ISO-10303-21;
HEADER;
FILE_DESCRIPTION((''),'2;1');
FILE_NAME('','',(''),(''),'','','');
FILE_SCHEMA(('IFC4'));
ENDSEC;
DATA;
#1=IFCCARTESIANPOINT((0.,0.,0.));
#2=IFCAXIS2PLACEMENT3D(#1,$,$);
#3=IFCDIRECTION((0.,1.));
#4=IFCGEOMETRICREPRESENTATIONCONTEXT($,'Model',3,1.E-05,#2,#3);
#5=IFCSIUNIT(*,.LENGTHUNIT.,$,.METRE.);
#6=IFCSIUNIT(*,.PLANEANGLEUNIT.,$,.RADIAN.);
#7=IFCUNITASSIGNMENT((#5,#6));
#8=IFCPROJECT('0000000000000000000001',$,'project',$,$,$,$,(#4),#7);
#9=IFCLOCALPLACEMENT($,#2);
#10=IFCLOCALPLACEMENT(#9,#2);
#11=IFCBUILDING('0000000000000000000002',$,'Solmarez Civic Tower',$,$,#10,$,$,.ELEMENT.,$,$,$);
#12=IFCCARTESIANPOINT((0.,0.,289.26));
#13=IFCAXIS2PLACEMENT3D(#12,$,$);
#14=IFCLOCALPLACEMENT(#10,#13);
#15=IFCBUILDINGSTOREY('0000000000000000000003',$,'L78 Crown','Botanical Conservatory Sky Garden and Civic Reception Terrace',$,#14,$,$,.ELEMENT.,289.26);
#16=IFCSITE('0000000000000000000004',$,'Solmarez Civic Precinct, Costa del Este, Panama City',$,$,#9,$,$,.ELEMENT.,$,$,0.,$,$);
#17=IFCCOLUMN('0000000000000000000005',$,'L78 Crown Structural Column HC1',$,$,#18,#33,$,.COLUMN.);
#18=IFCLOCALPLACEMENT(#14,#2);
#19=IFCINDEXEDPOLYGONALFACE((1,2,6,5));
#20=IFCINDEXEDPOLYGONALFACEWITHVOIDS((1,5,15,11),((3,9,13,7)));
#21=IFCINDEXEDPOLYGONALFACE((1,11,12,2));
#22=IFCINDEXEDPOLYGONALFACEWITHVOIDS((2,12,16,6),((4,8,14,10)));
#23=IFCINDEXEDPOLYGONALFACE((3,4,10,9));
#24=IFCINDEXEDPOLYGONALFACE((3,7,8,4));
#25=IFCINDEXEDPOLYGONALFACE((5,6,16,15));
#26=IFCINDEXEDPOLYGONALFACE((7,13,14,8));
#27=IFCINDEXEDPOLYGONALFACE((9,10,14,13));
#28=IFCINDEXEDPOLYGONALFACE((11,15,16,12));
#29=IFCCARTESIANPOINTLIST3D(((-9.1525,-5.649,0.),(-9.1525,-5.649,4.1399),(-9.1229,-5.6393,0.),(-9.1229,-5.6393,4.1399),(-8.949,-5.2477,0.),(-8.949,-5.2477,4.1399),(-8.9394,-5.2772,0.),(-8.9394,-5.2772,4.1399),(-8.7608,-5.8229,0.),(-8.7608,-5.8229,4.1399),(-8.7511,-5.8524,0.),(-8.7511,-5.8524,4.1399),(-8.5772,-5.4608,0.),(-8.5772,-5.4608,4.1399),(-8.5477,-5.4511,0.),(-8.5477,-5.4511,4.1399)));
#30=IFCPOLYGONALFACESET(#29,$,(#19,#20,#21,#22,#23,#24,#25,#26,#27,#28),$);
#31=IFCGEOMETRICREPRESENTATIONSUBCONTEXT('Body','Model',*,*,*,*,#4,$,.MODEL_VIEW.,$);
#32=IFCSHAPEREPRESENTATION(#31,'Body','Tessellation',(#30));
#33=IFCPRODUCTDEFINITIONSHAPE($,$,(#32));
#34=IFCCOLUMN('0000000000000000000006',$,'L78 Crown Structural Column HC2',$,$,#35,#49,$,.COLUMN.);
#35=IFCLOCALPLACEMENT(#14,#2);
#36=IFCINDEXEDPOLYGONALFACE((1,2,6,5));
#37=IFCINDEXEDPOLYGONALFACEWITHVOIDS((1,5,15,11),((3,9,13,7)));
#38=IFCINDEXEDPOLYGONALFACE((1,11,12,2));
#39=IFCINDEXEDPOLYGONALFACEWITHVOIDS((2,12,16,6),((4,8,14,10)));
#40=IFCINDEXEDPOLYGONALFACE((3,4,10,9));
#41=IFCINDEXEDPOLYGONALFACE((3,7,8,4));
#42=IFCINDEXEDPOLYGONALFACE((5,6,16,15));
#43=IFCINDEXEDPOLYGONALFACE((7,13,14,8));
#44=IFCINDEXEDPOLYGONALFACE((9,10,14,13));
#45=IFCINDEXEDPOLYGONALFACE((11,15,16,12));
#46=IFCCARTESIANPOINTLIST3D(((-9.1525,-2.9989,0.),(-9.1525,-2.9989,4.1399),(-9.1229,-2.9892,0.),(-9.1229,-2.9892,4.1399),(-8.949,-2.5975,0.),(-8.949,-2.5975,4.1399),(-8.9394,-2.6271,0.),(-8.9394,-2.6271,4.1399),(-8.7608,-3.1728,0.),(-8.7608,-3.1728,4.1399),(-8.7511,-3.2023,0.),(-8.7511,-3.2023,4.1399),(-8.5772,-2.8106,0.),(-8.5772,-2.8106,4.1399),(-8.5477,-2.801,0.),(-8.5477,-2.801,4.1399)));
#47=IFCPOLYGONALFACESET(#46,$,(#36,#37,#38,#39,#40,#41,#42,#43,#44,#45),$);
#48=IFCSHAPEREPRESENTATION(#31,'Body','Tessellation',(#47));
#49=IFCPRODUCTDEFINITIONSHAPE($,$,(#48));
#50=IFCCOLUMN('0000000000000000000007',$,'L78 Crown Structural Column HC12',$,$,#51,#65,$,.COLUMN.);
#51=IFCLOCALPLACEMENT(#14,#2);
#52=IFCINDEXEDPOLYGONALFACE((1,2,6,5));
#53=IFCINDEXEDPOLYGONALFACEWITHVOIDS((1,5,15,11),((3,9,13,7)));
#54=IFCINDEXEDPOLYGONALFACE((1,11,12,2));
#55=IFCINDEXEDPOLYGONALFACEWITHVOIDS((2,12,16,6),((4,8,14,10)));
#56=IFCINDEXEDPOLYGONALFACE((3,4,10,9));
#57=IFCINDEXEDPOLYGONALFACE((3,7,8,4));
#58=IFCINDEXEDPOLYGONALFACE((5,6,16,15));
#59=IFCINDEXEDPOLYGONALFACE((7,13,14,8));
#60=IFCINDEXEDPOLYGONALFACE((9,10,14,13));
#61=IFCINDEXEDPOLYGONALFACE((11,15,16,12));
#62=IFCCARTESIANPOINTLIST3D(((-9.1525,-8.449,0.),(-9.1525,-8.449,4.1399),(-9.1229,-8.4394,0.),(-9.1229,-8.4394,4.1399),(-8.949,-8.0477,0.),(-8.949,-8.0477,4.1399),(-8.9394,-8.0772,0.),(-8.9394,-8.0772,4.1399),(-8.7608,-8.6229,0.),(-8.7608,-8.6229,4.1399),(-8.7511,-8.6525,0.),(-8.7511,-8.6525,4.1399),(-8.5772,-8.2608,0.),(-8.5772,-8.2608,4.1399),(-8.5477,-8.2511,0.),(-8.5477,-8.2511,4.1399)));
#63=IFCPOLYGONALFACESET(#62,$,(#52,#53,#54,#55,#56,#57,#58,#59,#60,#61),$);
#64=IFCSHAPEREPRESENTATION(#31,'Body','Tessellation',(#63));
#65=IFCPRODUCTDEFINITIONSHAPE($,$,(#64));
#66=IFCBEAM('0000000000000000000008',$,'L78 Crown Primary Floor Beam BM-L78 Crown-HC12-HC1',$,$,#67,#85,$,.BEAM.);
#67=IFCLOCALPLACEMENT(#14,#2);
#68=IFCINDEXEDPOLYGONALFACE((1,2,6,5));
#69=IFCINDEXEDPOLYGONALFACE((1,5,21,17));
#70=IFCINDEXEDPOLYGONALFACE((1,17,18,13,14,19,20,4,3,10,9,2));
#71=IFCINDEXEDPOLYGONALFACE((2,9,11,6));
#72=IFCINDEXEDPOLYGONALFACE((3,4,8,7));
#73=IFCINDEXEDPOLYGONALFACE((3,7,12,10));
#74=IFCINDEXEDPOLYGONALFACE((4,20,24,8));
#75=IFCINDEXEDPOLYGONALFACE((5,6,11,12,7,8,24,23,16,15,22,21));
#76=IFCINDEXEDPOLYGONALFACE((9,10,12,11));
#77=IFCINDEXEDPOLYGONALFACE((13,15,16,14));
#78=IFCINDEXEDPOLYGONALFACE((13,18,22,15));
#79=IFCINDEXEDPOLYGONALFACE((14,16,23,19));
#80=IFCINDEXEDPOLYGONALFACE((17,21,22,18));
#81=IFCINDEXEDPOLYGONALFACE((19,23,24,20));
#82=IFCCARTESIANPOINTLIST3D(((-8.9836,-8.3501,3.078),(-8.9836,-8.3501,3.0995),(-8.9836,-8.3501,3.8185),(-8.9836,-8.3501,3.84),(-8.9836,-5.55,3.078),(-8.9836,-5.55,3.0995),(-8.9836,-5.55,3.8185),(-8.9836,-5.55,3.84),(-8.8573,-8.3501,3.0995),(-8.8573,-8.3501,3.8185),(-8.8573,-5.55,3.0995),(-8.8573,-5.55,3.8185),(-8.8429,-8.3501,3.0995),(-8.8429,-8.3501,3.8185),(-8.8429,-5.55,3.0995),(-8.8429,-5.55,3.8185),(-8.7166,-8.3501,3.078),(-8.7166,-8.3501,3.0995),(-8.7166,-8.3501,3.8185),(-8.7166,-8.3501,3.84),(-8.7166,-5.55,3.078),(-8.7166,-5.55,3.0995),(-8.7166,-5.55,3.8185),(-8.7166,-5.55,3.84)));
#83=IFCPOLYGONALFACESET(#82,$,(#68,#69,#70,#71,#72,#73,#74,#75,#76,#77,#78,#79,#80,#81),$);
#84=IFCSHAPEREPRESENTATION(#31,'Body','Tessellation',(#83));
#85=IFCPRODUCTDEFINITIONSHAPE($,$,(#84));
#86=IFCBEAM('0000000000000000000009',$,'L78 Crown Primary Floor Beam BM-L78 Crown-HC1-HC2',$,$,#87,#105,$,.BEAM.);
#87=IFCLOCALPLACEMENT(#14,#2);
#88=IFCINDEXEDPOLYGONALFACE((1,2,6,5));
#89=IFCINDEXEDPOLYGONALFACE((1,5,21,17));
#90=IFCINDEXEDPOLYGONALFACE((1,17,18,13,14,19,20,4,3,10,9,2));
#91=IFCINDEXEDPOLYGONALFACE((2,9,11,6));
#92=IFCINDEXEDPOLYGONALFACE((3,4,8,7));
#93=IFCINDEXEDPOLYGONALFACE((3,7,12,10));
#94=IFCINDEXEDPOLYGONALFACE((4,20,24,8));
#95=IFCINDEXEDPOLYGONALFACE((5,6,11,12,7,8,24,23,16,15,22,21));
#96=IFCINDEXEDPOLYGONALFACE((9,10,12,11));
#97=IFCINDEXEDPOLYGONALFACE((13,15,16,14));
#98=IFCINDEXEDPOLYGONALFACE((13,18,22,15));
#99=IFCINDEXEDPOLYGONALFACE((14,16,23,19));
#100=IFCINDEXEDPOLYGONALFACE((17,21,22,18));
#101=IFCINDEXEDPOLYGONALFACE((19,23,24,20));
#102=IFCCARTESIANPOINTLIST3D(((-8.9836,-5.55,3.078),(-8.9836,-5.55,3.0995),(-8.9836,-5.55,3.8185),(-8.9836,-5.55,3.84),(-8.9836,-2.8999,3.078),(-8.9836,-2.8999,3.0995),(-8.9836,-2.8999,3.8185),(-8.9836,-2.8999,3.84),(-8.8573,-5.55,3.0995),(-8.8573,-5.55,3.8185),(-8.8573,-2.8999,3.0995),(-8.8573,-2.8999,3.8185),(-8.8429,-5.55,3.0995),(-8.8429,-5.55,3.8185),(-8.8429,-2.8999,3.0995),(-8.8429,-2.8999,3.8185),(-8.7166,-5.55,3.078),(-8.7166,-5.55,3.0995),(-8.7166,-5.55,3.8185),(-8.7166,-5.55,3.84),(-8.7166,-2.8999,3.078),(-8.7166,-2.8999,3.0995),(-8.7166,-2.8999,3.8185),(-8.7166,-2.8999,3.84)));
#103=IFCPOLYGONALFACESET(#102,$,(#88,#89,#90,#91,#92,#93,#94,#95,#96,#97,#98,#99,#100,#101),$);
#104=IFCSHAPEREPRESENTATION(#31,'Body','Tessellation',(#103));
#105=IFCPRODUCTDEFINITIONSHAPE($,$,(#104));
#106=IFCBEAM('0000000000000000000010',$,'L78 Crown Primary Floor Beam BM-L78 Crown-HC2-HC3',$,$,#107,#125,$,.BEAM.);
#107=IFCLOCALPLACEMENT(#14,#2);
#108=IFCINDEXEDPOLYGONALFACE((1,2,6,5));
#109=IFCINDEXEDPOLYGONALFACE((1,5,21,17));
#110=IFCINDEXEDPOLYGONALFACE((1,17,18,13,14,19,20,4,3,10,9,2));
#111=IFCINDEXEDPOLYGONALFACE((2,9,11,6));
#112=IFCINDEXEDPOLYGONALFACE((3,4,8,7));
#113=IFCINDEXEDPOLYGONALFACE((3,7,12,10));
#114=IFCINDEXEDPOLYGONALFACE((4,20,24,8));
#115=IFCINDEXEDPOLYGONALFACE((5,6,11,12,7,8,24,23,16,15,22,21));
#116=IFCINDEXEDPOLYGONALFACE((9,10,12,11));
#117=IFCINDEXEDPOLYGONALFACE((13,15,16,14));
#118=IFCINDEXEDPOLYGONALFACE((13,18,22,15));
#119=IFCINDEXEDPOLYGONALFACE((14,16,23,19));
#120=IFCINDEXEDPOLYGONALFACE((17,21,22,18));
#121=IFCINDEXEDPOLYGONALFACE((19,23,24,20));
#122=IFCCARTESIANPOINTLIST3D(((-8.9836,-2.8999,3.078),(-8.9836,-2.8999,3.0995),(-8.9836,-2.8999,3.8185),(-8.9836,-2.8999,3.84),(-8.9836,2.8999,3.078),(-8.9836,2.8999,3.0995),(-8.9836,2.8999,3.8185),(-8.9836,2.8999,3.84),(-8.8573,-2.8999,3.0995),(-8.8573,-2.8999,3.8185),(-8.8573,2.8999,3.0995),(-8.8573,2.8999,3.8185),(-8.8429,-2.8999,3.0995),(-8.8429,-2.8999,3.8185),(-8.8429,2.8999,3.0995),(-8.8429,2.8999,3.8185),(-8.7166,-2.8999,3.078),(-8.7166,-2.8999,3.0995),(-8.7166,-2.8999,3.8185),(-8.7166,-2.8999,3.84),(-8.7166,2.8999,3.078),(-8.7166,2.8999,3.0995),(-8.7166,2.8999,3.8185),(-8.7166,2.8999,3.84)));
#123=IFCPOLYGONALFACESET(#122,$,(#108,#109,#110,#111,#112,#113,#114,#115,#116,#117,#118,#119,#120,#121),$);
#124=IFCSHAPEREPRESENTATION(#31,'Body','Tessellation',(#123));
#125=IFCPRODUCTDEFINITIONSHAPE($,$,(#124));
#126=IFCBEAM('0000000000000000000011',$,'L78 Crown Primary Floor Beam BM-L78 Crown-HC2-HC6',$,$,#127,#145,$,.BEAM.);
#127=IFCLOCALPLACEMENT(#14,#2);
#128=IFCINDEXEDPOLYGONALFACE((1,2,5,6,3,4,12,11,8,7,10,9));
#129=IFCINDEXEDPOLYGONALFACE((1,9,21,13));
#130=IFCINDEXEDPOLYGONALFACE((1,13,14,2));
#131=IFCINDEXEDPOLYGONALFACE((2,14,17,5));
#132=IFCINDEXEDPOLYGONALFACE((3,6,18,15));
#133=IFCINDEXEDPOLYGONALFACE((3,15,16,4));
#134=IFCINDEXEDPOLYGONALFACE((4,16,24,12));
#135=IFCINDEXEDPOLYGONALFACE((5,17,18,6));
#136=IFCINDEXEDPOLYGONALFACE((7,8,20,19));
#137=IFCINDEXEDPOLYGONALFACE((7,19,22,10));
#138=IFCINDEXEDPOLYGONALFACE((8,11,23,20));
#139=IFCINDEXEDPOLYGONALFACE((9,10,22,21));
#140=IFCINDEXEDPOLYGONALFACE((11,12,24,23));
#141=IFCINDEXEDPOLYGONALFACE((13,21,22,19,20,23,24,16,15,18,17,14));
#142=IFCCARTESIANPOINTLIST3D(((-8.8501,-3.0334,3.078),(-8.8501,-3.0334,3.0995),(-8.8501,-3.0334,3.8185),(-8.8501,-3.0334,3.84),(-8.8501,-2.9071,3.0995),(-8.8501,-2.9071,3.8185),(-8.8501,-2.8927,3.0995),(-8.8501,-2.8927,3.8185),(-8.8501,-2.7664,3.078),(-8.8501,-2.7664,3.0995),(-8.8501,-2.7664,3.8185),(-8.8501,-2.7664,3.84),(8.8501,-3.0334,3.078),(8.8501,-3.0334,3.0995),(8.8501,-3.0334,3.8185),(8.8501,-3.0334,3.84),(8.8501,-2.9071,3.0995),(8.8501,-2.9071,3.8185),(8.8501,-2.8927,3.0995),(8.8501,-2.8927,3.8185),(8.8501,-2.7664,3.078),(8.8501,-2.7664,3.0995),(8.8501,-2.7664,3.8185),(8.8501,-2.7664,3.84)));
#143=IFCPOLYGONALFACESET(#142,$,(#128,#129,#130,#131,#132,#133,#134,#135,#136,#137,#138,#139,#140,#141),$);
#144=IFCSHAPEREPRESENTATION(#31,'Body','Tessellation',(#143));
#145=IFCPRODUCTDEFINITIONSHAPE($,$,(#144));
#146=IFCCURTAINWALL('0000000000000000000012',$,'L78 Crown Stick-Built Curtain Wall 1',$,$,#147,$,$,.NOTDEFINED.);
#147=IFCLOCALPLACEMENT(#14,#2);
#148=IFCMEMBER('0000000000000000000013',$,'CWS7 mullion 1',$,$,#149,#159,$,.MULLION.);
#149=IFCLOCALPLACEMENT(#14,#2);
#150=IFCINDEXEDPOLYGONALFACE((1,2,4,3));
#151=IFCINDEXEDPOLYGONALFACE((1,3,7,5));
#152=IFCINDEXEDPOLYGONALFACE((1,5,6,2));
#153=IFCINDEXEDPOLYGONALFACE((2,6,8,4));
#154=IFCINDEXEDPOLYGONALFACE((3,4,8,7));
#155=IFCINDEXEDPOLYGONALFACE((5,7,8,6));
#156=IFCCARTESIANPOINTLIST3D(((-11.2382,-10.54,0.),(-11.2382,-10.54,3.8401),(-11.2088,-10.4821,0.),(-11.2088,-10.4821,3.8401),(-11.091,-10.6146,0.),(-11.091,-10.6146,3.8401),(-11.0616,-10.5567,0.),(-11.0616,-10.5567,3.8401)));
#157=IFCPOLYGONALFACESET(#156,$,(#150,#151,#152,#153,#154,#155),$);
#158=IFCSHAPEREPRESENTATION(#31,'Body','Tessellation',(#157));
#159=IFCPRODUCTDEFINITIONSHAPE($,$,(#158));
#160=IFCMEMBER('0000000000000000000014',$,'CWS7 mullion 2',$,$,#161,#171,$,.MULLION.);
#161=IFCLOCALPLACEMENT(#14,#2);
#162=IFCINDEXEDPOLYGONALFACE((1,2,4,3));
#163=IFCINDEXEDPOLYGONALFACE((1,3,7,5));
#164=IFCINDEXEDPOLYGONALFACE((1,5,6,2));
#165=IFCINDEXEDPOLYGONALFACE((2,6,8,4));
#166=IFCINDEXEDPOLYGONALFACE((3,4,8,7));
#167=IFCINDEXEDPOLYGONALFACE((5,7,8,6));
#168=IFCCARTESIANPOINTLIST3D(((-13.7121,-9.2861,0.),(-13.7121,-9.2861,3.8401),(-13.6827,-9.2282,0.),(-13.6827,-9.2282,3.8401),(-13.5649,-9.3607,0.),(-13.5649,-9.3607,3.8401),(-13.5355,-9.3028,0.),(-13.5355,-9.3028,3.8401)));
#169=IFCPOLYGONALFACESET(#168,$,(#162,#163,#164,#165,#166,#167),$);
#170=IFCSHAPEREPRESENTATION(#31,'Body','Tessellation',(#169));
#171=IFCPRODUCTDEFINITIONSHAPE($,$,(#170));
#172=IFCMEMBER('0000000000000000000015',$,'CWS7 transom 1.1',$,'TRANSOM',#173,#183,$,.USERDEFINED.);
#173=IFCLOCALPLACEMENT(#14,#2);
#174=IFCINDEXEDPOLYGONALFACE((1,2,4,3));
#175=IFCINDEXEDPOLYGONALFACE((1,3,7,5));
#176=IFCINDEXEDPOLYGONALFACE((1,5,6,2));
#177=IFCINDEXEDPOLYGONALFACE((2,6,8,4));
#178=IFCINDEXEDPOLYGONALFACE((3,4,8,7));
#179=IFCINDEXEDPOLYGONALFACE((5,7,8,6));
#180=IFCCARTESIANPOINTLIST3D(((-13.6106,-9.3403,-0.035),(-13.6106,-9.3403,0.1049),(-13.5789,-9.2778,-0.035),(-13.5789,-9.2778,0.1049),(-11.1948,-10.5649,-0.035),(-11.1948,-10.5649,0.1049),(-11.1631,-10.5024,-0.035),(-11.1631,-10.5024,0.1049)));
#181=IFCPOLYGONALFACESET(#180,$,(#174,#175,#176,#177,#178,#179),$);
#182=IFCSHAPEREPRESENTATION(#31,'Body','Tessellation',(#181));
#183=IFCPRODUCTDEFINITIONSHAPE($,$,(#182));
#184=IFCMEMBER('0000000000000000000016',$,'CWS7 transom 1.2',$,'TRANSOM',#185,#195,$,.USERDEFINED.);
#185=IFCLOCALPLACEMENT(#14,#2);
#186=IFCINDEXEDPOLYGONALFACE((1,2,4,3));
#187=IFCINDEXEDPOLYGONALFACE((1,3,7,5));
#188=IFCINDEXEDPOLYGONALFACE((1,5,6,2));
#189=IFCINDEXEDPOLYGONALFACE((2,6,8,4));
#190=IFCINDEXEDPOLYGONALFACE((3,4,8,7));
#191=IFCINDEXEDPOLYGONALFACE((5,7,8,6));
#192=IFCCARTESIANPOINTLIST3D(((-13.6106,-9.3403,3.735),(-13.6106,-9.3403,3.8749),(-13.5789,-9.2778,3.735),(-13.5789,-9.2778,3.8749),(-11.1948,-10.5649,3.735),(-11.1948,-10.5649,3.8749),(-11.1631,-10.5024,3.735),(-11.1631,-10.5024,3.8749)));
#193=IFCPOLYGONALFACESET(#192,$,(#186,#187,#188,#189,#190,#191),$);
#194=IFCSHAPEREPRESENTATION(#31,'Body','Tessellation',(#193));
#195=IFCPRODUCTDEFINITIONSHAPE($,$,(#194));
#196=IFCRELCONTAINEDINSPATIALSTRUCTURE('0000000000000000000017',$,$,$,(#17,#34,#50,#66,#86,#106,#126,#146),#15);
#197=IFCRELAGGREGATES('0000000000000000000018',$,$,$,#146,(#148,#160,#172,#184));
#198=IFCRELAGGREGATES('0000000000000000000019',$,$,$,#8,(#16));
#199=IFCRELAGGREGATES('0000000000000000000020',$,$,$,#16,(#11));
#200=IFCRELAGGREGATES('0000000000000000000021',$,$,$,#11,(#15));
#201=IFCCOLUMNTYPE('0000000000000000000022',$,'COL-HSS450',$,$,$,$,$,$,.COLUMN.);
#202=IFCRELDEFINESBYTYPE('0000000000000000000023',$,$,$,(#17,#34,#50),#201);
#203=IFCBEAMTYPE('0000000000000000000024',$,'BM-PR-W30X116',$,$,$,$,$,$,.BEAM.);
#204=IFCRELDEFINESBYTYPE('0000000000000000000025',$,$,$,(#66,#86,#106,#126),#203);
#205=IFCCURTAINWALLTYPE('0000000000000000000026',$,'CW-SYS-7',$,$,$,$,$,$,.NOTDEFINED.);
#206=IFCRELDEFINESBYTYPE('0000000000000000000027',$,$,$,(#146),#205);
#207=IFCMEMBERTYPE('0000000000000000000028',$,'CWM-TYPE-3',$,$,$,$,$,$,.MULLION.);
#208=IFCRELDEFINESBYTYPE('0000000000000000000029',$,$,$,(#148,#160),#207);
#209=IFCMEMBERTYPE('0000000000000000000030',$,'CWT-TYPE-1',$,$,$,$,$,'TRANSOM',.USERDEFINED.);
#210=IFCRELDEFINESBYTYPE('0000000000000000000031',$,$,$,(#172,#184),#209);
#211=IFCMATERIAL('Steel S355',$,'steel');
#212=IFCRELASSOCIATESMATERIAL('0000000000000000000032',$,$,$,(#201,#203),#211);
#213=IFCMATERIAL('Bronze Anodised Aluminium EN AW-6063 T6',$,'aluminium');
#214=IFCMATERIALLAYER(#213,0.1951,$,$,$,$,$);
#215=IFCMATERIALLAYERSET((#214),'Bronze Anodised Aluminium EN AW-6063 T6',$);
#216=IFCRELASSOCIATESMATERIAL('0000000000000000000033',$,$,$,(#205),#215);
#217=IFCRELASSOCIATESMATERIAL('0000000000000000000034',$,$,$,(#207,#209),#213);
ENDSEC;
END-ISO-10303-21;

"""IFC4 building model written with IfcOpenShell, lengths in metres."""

from ifc_helpers import new_model, si_unit, direction, frame, origin, origin_2d, place, context, subcontext, project, spatial, rectangle, hollow_rectangle, i_section, extrude, material, layer, layer_set, material_profile, profile_set, type_object, element, aggregate, save


model = new_model("IFC4")

# Units and contexts
model_context = context("Model", 3, precision=1e-05, world=origin(), true_north=direction((0.0, 1.0)))
body_context = subcontext(model_context, "Body", "Model", "MODEL_VIEW")
ifc_project = project(units=[si_unit("LENGTHUNIT", "METRE"), si_unit("PLANEANGLEUNIT", "RADIAN")], contexts=[model_context])

# Site, building, storey
site_placement = place(None, origin())
site = spatial("IfcSite", under=ifc_project, at=site_placement, Name="Solmarez Civic Precinct, Costa del Este, Panama City", CompositionType="ELEMENT", RefElevation=0.0)
building_placement = place(site_placement, origin())
building = spatial("IfcBuilding", under=site, at=building_placement, Name="Solmarez Civic Tower", CompositionType="ELEMENT")
storey_placement = place(building_placement, frame((0.0, 0.0, 289.26)))
storey = spatial("IfcBuildingStorey", under=building, at=storey_placement, Name="L78 Crown", Description="Botanical Conservatory Sky Garden and Civic Reception Terrace", CompositionType="ELEMENT", Elevation=289.26)

# Columns
ifc_material_1 = material(Name="Steel S355", Category="steel")
ifc_material_profile_1 = material_profile(ifc_material_1, hollow_rectangle(XDim=0.45, YDim=0.45, WallThickness=0.022, at=origin_2d()), Name="HSS450X450X22")
ifc_profile_set_1 = profile_set([ifc_material_profile_1], Name="Steel S355")
column_type = type_object("IfcColumnType", Name="COL-HSS450", PredefinedType="COLUMN", material=ifc_profile_set_1)
for number, where, z_axis, x_axis, name in (
    (1, (-8.8501, -5.55, 0.0), (0.0, 0.0, 1.0), (0.452123, 0.891955, 0.0), "L78 Crown Structural Column HC1"),
    (2, (-8.8501, -2.8999, 0.0), (0.0, 0.0, 1.0), (0.452123, 0.891955, 0.0), "L78 Crown Structural Column HC2"),
    (3, (-8.8501, -8.3501, 0.0), (0.0, 0.0, 1.0), (0.452123, 0.891955, 0.0), "L78 Crown Structural Column HC12"),
):
    element("IfcColumn", number, at=place(storey_placement, frame(where, z_axis=z_axis, x_axis=x_axis)), inside=storey, type_object=column_type, Name=name, PredefinedType="COLUMN", context=body_context, shape_type="SweptSolid", body=[
        extrude(hollow_rectangle(XDim=0.45, YDim=0.45, WallThickness=0.022, at=origin_2d()), origin(), (0.0, 0.0, 1.0), 4.1399),
    ])

# Beams
ifc_material_profile_2 = material_profile(ifc_material_1, i_section(OverallWidth=0.2671, OverallDepth=0.762, WebThickness=0.0144, FlangeThickness=0.0215, at=origin_2d()), Name="W30X116")
ifc_profile_set_2 = profile_set([ifc_material_profile_2], Name="Steel S355")
beam_type = type_object("IfcBeamType", Name="BM-PR-W30X116", PredefinedType="BEAM", material=ifc_profile_set_2)
beam_1_placement = place(storey_placement, frame((-8.8501, -8.3501, 3.459), z_axis=(0.0, 1.0, 0.0), x_axis=(-1.0, 0.0, 0.0)))
element("IfcBeam", 4, at=beam_1_placement, inside=storey, type_object=beam_type, Name="L78 Crown Primary Floor Beam BM-L78 Crown-HC12-HC1", PredefinedType="BEAM", context=body_context, shape_type="SweptSolid", body=[
    extrude(i_section(OverallWidth=0.2671, OverallDepth=0.762, WebThickness=0.0144, FlangeThickness=0.0215, at=origin_2d()), origin(), (0.0, 0.0, 1.0), 2.8),
])
beam_2_placement = place(storey_placement, frame((-8.8501, -5.55, 3.459), z_axis=(0.0, 1.0, 0.0), x_axis=(-1.0, 0.0, 0.0)))
element("IfcBeam", 5, at=beam_2_placement, inside=storey, type_object=beam_type, Name="L78 Crown Primary Floor Beam BM-L78 Crown-HC1-HC2", PredefinedType="BEAM", context=body_context, shape_type="SweptSolid", body=[
    extrude(i_section(OverallWidth=0.2671, OverallDepth=0.762, WebThickness=0.0144, FlangeThickness=0.0215, at=origin_2d()), origin(), (0.0, 0.0, 1.0), 2.6501),
])
beam_3_placement = place(storey_placement, frame((-8.8501, -2.8999, 3.459), z_axis=(0.0, 1.0, 0.0), x_axis=(-1.0, 0.0, 0.0)))
element("IfcBeam", 6, at=beam_3_placement, inside=storey, type_object=beam_type, Name="L78 Crown Primary Floor Beam BM-L78 Crown-HC2-HC3", PredefinedType="BEAM", context=body_context, shape_type="SweptSolid", body=[
    extrude(i_section(OverallWidth=0.2671, OverallDepth=0.762, WebThickness=0.0144, FlangeThickness=0.0215, at=origin_2d()), origin(), (0.0, 0.0, 1.0), 5.7998),
])
beam_4_placement = place(storey_placement, frame((-8.8501, -2.8999, 3.459), z_axis=(1.0, 0.0, 0.0), x_axis=(0.0, 1.0, 0.0)))
element("IfcBeam", 7, at=beam_4_placement, inside=storey, type_object=beam_type, Name="L78 Crown Primary Floor Beam BM-L78 Crown-HC2-HC6", PredefinedType="BEAM", context=body_context, shape_type="SweptSolid", body=[
    extrude(i_section(OverallWidth=0.2671, OverallDepth=0.762, WebThickness=0.0144, FlangeThickness=0.0215, at=origin_2d()), origin(), (0.0, 0.0, 1.0), 17.7002),
])

# Curtain wall, members
ifc_material_2 = material(Name="Bronze Anodised Aluminium EN AW-6063 T6", Category="aluminium")
ifc_layer_1 = layer(ifc_material_2, 0.1951)
ifc_layer_set_1 = layer_set([ifc_layer_1], Name="Bronze Anodised Aluminium EN AW-6063 T6")
curtain_wall_type = type_object("IfcCurtainWallType", Name="CW-SYS-7", PredefinedType="NOTDEFINED", material=ifc_layer_set_1)
curtain_wall_placement = place(storey_placement, origin())
curtain_wall = element("IfcCurtainWall", 8, at=curtain_wall_placement, inside=storey, type_object=curtain_wall_type, Name="L78 Crown Stick-Built Curtain Wall 1", PredefinedType="NOTDEFINED")
ifc_material_profile_3 = material_profile(ifc_material_2, rectangle(XDim=0.0649, YDim=0.165, at=origin_2d()), Name="CWM-65X165")
ifc_profile_set_3 = profile_set([ifc_material_profile_3], Name="Bronze Anodised Aluminium EN AW-6063 T6")
member_type_1 = type_object("IfcMemberType", Name="CWM-TYPE-3", PredefinedType="MULLION", material=ifc_profile_set_3)
member_1_placement = place(storey_placement, frame((-11.1499, -10.5483, 0.0), z_axis=(0.0, 0.0, 1.0), x_axis=(-0.452149, -0.891943, 0.0)))
member_1 = element("IfcMember", 9, at=member_1_placement, type_object=member_type_1, Name="CWS7 mullion 1", PredefinedType="MULLION", context=body_context, shape_type="SweptSolid", body=[
    extrude(rectangle(XDim=0.0649, YDim=0.165, at=origin_2d()), origin(), (0.0, 0.0, 1.0), 3.8401),
])
member_2_placement = place(storey_placement, frame((-13.6238, -9.2944, 0.0), z_axis=(0.0, 0.0, 1.0), x_axis=(-0.452149, -0.891943, 0.0)))
member_2 = element("IfcMember", 10, at=member_2_placement, type_object=member_type_1, Name="CWS7 mullion 2", PredefinedType="MULLION", context=body_context, shape_type="SweptSolid", body=[
    extrude(rectangle(XDim=0.0649, YDim=0.165, at=origin_2d()), origin(), (0.0, 0.0, 1.0), 3.8401),
])
ifc_material_profile_4 = material_profile(ifc_material_2, rectangle(XDim=0.0701, YDim=0.1399, at=origin_2d()), Name="CWT-70X140")
ifc_profile_set_4 = profile_set([ifc_material_profile_4], Name="Bronze Anodised Aluminium EN AW-6063 T6")
member_type_2 = type_object("IfcMemberType", Name="CWT-TYPE-1", ElementType="TRANSOM", PredefinedType="USERDEFINED", material=ifc_profile_set_4)
member_3_placement = place(storey_placement, frame((-11.179, -10.5337, 0.0349), z_axis=(-0.891944, 0.452146, 0.0), x_axis=(-0.452146, -0.891944, 0.0)))
member_3 = element("IfcMember", 11, at=member_3_placement, type_object=member_type_2, Name="CWS7 transom 1.1", ObjectType="TRANSOM", PredefinedType="USERDEFINED", context=body_context, shape_type="SweptSolid", body=[
    extrude(rectangle(XDim=0.0701, YDim=0.1399, at=origin_2d()), origin(), (0.0, 0.0, 1.0), 2.7085),
])
member_4_placement = place(storey_placement, frame((-11.179, -10.5337, 3.8049), z_axis=(-0.891944, 0.452146, 0.0), x_axis=(-0.452146, -0.891944, 0.0)))
member_4 = element("IfcMember", 12, at=member_4_placement, type_object=member_type_2, Name="CWS7 transom 1.2", ObjectType="TRANSOM", PredefinedType="USERDEFINED", context=body_context, shape_type="SweptSolid", body=[
    extrude(rectangle(XDim=0.0701, YDim=0.1399, at=origin_2d()), origin(), (0.0, 0.0, 1.0), 2.7085),
])
aggregate(curtain_wall, [member_1, member_2, member_3, member_4])

save(model, "model.ifc")
